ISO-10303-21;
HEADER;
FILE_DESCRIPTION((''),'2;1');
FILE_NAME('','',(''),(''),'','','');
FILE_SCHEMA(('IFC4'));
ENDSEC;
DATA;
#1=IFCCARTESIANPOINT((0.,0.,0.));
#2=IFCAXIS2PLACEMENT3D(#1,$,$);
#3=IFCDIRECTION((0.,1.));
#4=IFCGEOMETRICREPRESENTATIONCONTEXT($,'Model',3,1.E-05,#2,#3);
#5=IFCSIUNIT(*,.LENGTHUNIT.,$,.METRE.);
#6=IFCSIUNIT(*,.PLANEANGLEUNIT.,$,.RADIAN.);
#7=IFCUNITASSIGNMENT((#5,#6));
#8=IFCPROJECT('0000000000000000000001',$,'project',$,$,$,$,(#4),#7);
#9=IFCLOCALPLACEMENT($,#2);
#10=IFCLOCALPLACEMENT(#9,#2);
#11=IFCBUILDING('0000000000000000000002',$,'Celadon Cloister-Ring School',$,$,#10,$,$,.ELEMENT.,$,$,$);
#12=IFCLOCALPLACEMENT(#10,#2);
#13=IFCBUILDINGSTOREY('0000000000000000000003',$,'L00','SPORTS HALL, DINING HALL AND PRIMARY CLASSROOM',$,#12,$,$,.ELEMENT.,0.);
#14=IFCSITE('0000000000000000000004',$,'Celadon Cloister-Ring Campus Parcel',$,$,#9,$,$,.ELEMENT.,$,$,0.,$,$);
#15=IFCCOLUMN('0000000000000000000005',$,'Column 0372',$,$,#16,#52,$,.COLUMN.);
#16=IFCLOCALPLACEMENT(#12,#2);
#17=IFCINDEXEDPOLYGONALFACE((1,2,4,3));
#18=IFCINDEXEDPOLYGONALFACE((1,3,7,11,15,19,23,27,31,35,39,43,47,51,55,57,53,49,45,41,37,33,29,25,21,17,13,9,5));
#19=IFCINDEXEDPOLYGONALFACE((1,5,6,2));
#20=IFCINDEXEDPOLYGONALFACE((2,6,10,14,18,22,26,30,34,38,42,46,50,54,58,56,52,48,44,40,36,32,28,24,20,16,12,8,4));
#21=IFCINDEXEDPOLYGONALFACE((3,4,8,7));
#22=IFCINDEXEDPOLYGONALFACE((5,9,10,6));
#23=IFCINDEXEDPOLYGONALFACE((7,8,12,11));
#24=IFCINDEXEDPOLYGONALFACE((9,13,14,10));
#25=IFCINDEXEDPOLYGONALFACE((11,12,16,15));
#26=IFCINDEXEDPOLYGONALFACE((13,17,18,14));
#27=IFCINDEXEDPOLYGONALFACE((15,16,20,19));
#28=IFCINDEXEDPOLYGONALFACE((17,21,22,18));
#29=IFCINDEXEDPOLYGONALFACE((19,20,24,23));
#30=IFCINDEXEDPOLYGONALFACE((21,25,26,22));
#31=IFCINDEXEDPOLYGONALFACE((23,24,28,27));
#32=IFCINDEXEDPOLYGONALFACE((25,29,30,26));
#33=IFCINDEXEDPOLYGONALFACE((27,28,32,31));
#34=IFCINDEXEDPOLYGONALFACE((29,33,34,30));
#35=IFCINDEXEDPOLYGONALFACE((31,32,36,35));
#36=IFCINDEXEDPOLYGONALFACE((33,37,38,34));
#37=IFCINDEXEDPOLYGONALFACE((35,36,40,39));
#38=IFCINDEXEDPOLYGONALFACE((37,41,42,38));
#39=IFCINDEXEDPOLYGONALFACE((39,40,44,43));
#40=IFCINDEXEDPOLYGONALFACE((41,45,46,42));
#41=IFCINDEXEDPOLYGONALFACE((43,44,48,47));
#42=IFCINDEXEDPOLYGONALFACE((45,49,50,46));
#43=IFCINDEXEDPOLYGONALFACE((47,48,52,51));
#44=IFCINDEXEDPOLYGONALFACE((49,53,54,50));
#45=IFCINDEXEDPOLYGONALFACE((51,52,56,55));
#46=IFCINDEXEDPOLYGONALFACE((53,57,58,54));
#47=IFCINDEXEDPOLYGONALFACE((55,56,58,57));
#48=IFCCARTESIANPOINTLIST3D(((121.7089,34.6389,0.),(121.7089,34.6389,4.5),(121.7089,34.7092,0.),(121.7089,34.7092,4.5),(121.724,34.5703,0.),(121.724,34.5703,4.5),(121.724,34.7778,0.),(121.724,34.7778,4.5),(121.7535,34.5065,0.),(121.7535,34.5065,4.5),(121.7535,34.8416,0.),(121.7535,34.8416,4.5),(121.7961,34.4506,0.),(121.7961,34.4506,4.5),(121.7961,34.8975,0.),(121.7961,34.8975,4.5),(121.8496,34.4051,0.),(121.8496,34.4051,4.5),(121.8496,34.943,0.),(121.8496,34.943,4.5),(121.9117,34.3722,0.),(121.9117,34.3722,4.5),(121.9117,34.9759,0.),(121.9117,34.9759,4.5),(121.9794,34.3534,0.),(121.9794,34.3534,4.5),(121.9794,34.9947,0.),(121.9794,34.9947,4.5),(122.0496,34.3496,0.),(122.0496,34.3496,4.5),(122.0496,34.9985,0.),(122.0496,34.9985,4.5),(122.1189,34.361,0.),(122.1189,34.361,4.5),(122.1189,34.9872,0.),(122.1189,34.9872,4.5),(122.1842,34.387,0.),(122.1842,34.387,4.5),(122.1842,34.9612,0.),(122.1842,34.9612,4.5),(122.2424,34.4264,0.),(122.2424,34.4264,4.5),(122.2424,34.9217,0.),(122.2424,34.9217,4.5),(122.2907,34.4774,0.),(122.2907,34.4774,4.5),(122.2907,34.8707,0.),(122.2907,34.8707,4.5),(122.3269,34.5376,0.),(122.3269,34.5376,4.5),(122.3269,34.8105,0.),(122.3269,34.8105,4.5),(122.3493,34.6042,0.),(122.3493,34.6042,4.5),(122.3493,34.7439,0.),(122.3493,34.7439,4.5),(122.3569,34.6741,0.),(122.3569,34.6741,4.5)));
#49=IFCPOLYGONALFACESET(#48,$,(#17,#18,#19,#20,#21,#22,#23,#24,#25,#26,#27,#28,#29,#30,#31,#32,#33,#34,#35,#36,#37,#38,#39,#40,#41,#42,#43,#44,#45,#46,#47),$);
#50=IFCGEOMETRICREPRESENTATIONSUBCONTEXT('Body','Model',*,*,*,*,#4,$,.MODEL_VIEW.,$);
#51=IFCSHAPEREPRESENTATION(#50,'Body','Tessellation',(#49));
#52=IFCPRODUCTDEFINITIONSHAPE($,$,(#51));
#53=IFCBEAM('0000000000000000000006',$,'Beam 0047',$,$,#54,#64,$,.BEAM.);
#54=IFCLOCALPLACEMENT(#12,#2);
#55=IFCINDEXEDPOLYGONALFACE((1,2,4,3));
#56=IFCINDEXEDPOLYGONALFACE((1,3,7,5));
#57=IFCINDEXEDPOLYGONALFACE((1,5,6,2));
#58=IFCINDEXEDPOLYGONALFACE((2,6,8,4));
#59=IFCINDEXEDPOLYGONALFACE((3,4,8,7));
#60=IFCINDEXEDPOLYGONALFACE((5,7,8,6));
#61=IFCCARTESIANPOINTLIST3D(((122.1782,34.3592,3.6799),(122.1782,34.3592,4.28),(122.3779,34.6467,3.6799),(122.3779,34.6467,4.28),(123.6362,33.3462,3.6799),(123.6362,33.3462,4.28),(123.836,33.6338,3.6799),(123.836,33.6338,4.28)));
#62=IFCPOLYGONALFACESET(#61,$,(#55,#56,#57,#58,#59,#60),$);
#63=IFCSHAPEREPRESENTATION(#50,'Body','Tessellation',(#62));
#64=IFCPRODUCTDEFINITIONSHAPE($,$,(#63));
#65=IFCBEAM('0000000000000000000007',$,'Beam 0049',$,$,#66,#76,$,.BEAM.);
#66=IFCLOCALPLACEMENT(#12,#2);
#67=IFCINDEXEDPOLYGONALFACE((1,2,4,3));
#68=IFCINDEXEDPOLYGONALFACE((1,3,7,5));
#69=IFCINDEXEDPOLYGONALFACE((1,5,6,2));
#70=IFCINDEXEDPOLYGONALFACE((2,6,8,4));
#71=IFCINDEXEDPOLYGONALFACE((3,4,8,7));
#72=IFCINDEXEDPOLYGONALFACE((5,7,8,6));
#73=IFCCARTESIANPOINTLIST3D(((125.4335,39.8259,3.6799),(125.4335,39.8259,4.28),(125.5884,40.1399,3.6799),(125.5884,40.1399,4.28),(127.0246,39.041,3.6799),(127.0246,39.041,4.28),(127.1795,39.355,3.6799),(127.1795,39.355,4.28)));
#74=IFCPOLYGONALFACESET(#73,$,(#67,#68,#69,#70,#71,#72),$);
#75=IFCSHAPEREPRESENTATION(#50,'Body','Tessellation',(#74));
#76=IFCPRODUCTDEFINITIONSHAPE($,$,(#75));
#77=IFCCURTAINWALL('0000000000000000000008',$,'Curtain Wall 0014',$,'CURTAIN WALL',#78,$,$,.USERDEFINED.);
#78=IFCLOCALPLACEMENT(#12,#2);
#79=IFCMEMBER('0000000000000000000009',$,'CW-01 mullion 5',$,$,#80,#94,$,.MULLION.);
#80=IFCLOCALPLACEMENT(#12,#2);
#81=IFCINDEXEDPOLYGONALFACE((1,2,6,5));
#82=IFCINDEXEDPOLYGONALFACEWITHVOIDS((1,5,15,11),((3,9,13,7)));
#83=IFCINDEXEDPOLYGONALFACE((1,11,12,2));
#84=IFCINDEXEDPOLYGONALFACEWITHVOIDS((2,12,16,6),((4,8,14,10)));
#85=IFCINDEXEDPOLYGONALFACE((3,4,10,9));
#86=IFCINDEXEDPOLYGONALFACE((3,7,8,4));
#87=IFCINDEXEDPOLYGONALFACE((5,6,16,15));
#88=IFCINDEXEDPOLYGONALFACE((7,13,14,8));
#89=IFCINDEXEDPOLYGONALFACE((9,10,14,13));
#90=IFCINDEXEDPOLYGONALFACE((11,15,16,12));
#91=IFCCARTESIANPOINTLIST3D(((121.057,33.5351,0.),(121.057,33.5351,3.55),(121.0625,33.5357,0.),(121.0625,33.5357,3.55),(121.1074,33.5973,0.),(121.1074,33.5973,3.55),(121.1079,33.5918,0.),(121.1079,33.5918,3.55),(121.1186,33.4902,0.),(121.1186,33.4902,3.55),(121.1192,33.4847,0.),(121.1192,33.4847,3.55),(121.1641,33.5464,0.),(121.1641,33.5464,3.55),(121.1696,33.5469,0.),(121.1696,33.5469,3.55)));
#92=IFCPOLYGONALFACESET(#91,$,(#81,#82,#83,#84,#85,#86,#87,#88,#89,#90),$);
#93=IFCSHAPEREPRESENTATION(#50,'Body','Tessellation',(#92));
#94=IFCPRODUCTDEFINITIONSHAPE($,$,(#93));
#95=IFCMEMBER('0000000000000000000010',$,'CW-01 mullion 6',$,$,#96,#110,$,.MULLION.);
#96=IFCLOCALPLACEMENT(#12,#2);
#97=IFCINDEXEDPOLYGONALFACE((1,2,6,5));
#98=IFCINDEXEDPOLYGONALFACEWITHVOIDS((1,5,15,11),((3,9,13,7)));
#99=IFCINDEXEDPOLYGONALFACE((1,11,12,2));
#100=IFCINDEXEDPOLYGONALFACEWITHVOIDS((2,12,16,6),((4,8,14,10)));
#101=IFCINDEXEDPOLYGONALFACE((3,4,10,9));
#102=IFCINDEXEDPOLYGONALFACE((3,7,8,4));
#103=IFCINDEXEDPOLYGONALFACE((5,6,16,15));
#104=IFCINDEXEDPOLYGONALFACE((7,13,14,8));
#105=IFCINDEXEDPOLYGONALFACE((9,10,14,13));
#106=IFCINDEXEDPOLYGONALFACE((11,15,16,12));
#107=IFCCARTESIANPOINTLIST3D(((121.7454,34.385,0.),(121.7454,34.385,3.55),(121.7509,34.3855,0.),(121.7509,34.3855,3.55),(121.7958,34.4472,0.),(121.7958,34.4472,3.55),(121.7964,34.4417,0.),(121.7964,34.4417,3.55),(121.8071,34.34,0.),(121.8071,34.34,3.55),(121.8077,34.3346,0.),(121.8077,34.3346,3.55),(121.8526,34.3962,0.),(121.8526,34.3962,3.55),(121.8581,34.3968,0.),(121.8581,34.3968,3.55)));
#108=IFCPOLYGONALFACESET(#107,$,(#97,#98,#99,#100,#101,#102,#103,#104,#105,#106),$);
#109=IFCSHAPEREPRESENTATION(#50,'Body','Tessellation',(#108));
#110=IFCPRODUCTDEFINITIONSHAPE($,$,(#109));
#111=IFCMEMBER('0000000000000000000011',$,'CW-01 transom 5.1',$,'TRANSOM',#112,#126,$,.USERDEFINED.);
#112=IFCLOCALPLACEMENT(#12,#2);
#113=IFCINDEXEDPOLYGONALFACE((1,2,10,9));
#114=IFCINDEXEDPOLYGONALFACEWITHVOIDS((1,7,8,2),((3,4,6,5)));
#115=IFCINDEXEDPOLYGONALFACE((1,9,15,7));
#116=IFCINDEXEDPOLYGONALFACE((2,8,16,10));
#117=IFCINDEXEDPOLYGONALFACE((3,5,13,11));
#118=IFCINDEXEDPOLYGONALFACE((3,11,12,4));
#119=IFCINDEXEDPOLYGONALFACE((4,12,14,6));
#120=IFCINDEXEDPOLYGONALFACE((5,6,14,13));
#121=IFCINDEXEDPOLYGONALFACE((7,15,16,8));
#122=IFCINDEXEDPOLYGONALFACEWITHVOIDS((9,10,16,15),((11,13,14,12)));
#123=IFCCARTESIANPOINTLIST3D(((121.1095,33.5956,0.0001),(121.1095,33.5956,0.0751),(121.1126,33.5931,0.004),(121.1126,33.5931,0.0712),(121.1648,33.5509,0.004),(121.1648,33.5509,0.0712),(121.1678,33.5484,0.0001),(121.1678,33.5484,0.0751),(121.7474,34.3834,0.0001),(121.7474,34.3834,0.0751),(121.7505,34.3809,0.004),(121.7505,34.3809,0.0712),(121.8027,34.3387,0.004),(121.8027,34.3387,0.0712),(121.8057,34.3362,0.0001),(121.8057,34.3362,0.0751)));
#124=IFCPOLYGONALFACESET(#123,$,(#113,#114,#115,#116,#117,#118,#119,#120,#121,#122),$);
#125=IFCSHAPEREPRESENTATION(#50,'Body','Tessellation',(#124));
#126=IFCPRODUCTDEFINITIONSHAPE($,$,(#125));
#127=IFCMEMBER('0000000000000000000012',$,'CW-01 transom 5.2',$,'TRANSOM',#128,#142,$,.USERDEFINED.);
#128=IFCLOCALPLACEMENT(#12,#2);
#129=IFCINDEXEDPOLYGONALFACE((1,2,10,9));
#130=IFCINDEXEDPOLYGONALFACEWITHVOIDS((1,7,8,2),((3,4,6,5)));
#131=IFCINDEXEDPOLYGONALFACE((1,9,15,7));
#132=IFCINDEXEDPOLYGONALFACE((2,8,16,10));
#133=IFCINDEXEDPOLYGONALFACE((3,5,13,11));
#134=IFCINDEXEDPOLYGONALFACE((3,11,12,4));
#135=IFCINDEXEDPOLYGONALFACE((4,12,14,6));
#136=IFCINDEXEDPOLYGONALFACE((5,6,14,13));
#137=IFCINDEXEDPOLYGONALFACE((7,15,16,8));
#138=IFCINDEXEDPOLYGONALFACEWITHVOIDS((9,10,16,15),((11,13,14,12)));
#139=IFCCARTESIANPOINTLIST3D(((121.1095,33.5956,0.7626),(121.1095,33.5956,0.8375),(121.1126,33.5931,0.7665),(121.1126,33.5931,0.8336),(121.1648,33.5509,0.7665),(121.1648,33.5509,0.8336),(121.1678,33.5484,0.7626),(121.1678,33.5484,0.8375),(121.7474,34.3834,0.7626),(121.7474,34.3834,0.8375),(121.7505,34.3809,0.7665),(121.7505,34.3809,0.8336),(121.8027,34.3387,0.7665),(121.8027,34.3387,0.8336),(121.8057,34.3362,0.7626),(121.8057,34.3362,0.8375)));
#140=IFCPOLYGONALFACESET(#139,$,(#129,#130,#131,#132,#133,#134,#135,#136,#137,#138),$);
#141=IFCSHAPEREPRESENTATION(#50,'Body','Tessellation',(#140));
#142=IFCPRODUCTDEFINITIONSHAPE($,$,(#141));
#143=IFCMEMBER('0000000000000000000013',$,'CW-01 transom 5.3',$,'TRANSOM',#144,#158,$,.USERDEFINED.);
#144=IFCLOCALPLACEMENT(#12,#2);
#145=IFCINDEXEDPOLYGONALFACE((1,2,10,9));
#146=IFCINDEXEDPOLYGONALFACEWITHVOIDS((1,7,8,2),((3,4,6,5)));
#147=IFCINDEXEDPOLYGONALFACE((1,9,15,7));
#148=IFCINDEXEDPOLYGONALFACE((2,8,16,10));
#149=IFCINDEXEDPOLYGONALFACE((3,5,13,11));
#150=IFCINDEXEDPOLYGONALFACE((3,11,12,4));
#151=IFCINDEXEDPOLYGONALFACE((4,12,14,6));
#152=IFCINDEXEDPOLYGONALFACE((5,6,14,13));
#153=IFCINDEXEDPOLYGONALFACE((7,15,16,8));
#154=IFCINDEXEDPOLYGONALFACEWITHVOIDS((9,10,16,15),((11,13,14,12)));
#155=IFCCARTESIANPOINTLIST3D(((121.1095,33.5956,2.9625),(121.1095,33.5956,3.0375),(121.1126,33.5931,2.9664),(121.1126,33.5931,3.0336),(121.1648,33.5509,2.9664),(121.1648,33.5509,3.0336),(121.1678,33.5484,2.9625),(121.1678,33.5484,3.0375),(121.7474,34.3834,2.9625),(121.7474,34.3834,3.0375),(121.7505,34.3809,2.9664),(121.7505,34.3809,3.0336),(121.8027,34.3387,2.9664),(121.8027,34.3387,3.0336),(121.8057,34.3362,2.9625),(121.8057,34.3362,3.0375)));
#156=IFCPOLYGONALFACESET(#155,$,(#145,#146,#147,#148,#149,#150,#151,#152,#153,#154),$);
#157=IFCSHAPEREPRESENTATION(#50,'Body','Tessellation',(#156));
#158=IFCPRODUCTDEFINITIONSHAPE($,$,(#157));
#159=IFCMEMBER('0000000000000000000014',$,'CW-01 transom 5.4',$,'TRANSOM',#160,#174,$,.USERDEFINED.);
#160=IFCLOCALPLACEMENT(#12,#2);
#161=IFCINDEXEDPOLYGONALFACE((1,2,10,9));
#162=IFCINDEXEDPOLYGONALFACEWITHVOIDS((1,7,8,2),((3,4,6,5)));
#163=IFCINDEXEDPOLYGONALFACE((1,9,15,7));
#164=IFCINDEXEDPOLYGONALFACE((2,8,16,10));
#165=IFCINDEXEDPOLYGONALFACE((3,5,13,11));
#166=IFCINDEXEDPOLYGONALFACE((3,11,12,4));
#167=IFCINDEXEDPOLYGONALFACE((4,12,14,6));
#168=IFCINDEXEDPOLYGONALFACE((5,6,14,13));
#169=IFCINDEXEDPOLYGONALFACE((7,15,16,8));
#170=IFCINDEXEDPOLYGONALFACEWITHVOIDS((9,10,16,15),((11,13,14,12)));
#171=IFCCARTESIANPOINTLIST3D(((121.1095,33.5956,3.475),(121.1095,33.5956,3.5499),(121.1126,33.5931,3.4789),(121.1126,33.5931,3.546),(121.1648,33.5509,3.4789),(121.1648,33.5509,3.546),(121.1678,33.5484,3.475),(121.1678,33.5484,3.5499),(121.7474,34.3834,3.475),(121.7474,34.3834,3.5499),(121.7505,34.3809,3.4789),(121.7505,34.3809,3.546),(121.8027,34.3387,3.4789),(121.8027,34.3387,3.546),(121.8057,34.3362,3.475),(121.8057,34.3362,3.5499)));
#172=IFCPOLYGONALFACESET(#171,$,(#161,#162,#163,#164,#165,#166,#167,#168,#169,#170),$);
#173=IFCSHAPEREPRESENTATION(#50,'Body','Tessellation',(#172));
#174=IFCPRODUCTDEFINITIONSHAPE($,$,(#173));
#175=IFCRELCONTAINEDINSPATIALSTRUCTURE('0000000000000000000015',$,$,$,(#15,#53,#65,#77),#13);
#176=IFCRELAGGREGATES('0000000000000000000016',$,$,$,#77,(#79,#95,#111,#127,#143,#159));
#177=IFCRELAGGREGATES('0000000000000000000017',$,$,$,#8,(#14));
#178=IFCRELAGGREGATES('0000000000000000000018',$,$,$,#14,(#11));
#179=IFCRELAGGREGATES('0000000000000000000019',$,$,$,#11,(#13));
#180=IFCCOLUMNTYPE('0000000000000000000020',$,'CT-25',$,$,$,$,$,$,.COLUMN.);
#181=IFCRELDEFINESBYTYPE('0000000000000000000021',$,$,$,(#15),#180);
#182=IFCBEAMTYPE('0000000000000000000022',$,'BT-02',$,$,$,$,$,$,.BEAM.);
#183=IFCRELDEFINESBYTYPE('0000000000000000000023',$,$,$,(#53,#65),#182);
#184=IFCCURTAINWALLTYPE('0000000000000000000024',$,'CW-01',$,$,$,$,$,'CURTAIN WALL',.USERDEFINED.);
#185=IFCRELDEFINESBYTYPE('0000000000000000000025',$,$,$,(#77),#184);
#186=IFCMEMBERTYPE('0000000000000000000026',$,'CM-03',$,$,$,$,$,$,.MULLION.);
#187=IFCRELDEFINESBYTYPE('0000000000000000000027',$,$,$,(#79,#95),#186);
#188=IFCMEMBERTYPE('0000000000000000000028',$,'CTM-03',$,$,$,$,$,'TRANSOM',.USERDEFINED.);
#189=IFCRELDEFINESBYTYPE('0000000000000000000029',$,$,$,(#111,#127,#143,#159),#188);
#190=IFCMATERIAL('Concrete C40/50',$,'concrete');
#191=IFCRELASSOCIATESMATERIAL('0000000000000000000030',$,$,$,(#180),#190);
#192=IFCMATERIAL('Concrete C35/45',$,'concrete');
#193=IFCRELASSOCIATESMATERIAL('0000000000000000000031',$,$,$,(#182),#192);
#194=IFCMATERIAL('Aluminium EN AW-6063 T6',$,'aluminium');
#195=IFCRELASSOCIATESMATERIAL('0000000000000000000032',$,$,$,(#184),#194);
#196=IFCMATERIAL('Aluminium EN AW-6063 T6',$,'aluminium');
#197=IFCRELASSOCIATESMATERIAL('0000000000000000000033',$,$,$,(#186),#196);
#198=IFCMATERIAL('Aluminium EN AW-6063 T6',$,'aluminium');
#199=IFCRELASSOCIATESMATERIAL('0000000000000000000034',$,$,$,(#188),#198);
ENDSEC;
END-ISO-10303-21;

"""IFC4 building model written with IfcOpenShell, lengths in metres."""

from ifc_helpers import new_model, si_unit, direction, frame, origin, origin_2d, place, context, subcontext, project, spatial, rectangle, hollow_rectangle, circle, extrude, material, material_profile, profile_set, type_object, element, aggregate, save


model = new_model("IFC4")

# Units and contexts
model_context = context("Model", 3, precision=1e-05, world=origin(), true_north=direction((0.0, 1.0)))
body_context = subcontext(model_context, "Body", "Model", "MODEL_VIEW")
ifc_project = project(units=[si_unit("LENGTHUNIT", "METRE"), si_unit("PLANEANGLEUNIT", "RADIAN")], contexts=[model_context])

# Site, building, storey
site_placement = place(None, origin())
site = spatial("IfcSite", under=ifc_project, at=site_placement, Name="Celadon Cloister-Ring Campus Parcel", CompositionType="ELEMENT", RefElevation=0.0)
building_placement = place(site_placement, origin())
building = spatial("IfcBuilding", under=site, at=building_placement, Name="Celadon Cloister-Ring School", CompositionType="ELEMENT")
storey_placement = place(building_placement, origin())
storey = spatial("IfcBuildingStorey", under=building, at=storey_placement, Name="L00", Description="SPORTS HALL, DINING HALL AND PRIMARY CLASSROOM", CompositionType="ELEMENT", Elevation=0.0)

# Column
ifc_material_1 = material(Name="Concrete C40/50", Category="concrete")
ifc_material_profile_1 = material_profile(ifc_material_1, circle(Radius=0.325, at=origin_2d()), Name="CIRC650")
ifc_profile_set_1 = profile_set([ifc_material_profile_1], Name="Concrete C40/50")
column_type_1 = type_object("IfcColumnType", Name="CT-25", PredefinedType="COLUMN", material=ifc_profile_set_1)
column_placement = place(storey_placement, frame((122.032, 34.6741, 0.0), z_axis=(0.0, 0.0, 1.0), x_axis=(1.0, 0.0, 0.0)))
element("IfcColumn", 1, at=column_placement, inside=storey, type_object=column_type_1, Name="Column 0372", PredefinedType="COLUMN", context=body_context, shape_type="SweptSolid", body=[
    extrude(circle(Radius=0.325, at=origin_2d()), origin(), (0.0, 0.0, 1.0), 4.5),
])

# Beams
ifc_material_2 = material(Name="Concrete C35/45", Category="concrete")
ifc_material_profile_2 = material_profile(ifc_material_2, rectangle(XDim=0.3501, YDim=0.6001, at=origin_2d()), Name="RC350X600")
ifc_profile_set_2 = profile_set([ifc_material_profile_2], Name="Concrete C35/45")
beam_type_1 = type_object("IfcBeamType", Name="BT-02", PredefinedType="BEAM", material=ifc_profile_set_2)
beam_1_placement = place(storey_placement, frame((123.7361, 33.49, 3.98), z_axis=(-0.821255, 0.570561, 0.0), x_axis=(-0.570561, -0.821255, 0.0)))
element("IfcBeam", 2, at=beam_1_placement, inside=storey, type_object=beam_type_1, Name="Beam 0047", PredefinedType="BEAM", context=body_context, shape_type="SweptSolid", body=[
    extrude(rectangle(XDim=0.3501, YDim=0.6001, at=origin_2d()), origin(), (0.0, 0.0, 1.0), 1.7754),
])
beam_2_placement = place(storey_placement, frame((127.1021, 39.198, 3.98), z_axis=(-0.896809, 0.442418, 0.0), x_axis=(-0.442418, -0.896809, 0.0)))
element("IfcBeam", 3, at=beam_2_placement, inside=storey, type_object=beam_type_1, Name="Beam 0049", PredefinedType="BEAM", context=body_context, shape_type="SweptSolid", body=[
    extrude(rectangle(XDim=0.3501, YDim=0.6001, at=origin_2d()), origin(), (0.0, 0.0, 1.0), 1.7742),
])

# Curtain wall, members
ifc_material_3 = material(Name="Aluminium EN AW-6063 T6", Category="aluminium")
curtain_wall_type = type_object("IfcCurtainWallType", Name="CW-01", ElementType="CURTAIN WALL", PredefinedType="USERDEFINED", material=ifc_material_3)
curtain_wall_placement = place(storey_placement, origin())
curtain_wall = element("IfcCurtainWall", 4, at=curtain_wall_placement, inside=storey, type_object=curtain_wall_type, Name="Curtain Wall 0014", ObjectType="CURTAIN WALL", PredefinedType="USERDEFINED")
ifc_material_4 = material(Name="Aluminium EN AW-6063 T6", Category="aluminium")
ifc_material_profile_3 = material_profile(ifc_material_4, hollow_rectangle(XDim=0.0801, YDim=0.0801, WallThickness=0.0039, at=origin_2d()), Name="RHS80X80X4")
ifc_profile_set_3 = profile_set([ifc_material_profile_3], Name="Aluminium EN AW-6063 T6")
member_type_1 = type_object("IfcMemberType", Name="CM-03", PredefinedType="MULLION", material=ifc_profile_set_3)
member_1_placement = place(storey_placement, frame((121.1133, 33.541, 0.0), z_axis=(0.0, 0.0, 1.0), x_axis=(-0.777068, 0.629416, 0.0)))
member_1 = element("IfcMember", 5, at=member_1_placement, type_object=member_type_1, Name="CW-01 mullion 5", PredefinedType="MULLION", context=body_context, shape_type="SweptSolid", body=[
    extrude(hollow_rectangle(XDim=0.0801, YDim=0.0801, WallThickness=0.0039, at=origin_2d()), origin(), (0.0, 0.0, 1.0), 3.55),
])
member_2_placement = place(storey_placement, frame((121.8018, 34.3909, 0.0), z_axis=(0.0, 0.0, 1.0), x_axis=(-0.777068, 0.629416, 0.0)))
member_2 = element("IfcMember", 6, at=member_2_placement, type_object=member_type_1, Name="CW-01 mullion 6", PredefinedType="MULLION", context=body_context, shape_type="SweptSolid", body=[
    extrude(hollow_rectangle(XDim=0.0801, YDim=0.0801, WallThickness=0.0039, at=origin_2d()), origin(), (0.0, 0.0, 1.0), 3.55),
])
ifc_material_5 = material(Name="Aluminium EN AW-6063 T6", Category="aluminium")
ifc_material_profile_4 = material_profile(ifc_material_5, hollow_rectangle(XDim=0.075, YDim=0.075, WallThickness=0.0039, at=origin_2d()), Name="RHS75X75X4")
ifc_profile_set_4 = profile_set([ifc_material_profile_4], Name="Aluminium EN AW-6063 T6")
member_type_2 = type_object("IfcMemberType", Name="CTM-03", ElementType="TRANSOM", PredefinedType="USERDEFINED", material=ifc_profile_set_4)
member_3_placement = place(storey_placement, frame((121.1387, 33.572, 0.0376), z_axis=(0.629295, 0.777166, 0.0), x_axis=(-0.777166, 0.629295, 0.0)))
member_3 = element("IfcMember", 7, at=member_3_placement, type_object=member_type_2, Name="CW-01 transom 5.1", ObjectType="TRANSOM", PredefinedType="USERDEFINED", context=body_context, shape_type="SweptSolid", body=[
    extrude(hollow_rectangle(XDim=0.075, YDim=0.075, WallThickness=0.0039, at=origin_2d()), origin(), (0.0, 0.0, 1.0), 1.0137),
])
member_4_placement = place(storey_placement, frame((121.1387, 33.572, 0.8), z_axis=(0.629295, 0.777166, 0.0), x_axis=(-0.777166, 0.629295, 0.0)))
member_4 = element("IfcMember", 8, at=member_4_placement, type_object=member_type_2, Name="CW-01 transom 5.2", ObjectType="TRANSOM", PredefinedType="USERDEFINED", context=body_context, shape_type="SweptSolid", body=[
    extrude(hollow_rectangle(XDim=0.075, YDim=0.075, WallThickness=0.0039, at=origin_2d()), origin(), (0.0, 0.0, 1.0), 1.0137),
])
member_5_placement = place(storey_placement, frame((121.1387, 33.572, 3.0), z_axis=(0.629295, 0.777166, 0.0), x_axis=(-0.777166, 0.629295, 0.0)))
member_5 = element("IfcMember", 9, at=member_5_placement, type_object=member_type_2, Name="CW-01 transom 5.3", ObjectType="TRANSOM", PredefinedType="USERDEFINED", context=body_context, shape_type="SweptSolid", body=[
    extrude(hollow_rectangle(XDim=0.075, YDim=0.075, WallThickness=0.0039, at=origin_2d()), origin(), (0.0, 0.0, 1.0), 1.0137),
])
member_6_placement = place(storey_placement, frame((121.1387, 33.572, 3.5125), z_axis=(0.629295, 0.777166, 0.0), x_axis=(-0.777166, 0.629295, 0.0)))
member_6 = element("IfcMember", 10, at=member_6_placement, type_object=member_type_2, Name="CW-01 transom 5.4", ObjectType="TRANSOM", PredefinedType="USERDEFINED", context=body_context, shape_type="SweptSolid", body=[
    extrude(hollow_rectangle(XDim=0.075, YDim=0.075, WallThickness=0.0039, at=origin_2d()), origin(), (0.0, 0.0, 1.0), 1.0137),
])

aggregate(curtain_wall, [member_1, member_2, member_3, member_4, member_5, member_6])

save(model, "model.ifc")
